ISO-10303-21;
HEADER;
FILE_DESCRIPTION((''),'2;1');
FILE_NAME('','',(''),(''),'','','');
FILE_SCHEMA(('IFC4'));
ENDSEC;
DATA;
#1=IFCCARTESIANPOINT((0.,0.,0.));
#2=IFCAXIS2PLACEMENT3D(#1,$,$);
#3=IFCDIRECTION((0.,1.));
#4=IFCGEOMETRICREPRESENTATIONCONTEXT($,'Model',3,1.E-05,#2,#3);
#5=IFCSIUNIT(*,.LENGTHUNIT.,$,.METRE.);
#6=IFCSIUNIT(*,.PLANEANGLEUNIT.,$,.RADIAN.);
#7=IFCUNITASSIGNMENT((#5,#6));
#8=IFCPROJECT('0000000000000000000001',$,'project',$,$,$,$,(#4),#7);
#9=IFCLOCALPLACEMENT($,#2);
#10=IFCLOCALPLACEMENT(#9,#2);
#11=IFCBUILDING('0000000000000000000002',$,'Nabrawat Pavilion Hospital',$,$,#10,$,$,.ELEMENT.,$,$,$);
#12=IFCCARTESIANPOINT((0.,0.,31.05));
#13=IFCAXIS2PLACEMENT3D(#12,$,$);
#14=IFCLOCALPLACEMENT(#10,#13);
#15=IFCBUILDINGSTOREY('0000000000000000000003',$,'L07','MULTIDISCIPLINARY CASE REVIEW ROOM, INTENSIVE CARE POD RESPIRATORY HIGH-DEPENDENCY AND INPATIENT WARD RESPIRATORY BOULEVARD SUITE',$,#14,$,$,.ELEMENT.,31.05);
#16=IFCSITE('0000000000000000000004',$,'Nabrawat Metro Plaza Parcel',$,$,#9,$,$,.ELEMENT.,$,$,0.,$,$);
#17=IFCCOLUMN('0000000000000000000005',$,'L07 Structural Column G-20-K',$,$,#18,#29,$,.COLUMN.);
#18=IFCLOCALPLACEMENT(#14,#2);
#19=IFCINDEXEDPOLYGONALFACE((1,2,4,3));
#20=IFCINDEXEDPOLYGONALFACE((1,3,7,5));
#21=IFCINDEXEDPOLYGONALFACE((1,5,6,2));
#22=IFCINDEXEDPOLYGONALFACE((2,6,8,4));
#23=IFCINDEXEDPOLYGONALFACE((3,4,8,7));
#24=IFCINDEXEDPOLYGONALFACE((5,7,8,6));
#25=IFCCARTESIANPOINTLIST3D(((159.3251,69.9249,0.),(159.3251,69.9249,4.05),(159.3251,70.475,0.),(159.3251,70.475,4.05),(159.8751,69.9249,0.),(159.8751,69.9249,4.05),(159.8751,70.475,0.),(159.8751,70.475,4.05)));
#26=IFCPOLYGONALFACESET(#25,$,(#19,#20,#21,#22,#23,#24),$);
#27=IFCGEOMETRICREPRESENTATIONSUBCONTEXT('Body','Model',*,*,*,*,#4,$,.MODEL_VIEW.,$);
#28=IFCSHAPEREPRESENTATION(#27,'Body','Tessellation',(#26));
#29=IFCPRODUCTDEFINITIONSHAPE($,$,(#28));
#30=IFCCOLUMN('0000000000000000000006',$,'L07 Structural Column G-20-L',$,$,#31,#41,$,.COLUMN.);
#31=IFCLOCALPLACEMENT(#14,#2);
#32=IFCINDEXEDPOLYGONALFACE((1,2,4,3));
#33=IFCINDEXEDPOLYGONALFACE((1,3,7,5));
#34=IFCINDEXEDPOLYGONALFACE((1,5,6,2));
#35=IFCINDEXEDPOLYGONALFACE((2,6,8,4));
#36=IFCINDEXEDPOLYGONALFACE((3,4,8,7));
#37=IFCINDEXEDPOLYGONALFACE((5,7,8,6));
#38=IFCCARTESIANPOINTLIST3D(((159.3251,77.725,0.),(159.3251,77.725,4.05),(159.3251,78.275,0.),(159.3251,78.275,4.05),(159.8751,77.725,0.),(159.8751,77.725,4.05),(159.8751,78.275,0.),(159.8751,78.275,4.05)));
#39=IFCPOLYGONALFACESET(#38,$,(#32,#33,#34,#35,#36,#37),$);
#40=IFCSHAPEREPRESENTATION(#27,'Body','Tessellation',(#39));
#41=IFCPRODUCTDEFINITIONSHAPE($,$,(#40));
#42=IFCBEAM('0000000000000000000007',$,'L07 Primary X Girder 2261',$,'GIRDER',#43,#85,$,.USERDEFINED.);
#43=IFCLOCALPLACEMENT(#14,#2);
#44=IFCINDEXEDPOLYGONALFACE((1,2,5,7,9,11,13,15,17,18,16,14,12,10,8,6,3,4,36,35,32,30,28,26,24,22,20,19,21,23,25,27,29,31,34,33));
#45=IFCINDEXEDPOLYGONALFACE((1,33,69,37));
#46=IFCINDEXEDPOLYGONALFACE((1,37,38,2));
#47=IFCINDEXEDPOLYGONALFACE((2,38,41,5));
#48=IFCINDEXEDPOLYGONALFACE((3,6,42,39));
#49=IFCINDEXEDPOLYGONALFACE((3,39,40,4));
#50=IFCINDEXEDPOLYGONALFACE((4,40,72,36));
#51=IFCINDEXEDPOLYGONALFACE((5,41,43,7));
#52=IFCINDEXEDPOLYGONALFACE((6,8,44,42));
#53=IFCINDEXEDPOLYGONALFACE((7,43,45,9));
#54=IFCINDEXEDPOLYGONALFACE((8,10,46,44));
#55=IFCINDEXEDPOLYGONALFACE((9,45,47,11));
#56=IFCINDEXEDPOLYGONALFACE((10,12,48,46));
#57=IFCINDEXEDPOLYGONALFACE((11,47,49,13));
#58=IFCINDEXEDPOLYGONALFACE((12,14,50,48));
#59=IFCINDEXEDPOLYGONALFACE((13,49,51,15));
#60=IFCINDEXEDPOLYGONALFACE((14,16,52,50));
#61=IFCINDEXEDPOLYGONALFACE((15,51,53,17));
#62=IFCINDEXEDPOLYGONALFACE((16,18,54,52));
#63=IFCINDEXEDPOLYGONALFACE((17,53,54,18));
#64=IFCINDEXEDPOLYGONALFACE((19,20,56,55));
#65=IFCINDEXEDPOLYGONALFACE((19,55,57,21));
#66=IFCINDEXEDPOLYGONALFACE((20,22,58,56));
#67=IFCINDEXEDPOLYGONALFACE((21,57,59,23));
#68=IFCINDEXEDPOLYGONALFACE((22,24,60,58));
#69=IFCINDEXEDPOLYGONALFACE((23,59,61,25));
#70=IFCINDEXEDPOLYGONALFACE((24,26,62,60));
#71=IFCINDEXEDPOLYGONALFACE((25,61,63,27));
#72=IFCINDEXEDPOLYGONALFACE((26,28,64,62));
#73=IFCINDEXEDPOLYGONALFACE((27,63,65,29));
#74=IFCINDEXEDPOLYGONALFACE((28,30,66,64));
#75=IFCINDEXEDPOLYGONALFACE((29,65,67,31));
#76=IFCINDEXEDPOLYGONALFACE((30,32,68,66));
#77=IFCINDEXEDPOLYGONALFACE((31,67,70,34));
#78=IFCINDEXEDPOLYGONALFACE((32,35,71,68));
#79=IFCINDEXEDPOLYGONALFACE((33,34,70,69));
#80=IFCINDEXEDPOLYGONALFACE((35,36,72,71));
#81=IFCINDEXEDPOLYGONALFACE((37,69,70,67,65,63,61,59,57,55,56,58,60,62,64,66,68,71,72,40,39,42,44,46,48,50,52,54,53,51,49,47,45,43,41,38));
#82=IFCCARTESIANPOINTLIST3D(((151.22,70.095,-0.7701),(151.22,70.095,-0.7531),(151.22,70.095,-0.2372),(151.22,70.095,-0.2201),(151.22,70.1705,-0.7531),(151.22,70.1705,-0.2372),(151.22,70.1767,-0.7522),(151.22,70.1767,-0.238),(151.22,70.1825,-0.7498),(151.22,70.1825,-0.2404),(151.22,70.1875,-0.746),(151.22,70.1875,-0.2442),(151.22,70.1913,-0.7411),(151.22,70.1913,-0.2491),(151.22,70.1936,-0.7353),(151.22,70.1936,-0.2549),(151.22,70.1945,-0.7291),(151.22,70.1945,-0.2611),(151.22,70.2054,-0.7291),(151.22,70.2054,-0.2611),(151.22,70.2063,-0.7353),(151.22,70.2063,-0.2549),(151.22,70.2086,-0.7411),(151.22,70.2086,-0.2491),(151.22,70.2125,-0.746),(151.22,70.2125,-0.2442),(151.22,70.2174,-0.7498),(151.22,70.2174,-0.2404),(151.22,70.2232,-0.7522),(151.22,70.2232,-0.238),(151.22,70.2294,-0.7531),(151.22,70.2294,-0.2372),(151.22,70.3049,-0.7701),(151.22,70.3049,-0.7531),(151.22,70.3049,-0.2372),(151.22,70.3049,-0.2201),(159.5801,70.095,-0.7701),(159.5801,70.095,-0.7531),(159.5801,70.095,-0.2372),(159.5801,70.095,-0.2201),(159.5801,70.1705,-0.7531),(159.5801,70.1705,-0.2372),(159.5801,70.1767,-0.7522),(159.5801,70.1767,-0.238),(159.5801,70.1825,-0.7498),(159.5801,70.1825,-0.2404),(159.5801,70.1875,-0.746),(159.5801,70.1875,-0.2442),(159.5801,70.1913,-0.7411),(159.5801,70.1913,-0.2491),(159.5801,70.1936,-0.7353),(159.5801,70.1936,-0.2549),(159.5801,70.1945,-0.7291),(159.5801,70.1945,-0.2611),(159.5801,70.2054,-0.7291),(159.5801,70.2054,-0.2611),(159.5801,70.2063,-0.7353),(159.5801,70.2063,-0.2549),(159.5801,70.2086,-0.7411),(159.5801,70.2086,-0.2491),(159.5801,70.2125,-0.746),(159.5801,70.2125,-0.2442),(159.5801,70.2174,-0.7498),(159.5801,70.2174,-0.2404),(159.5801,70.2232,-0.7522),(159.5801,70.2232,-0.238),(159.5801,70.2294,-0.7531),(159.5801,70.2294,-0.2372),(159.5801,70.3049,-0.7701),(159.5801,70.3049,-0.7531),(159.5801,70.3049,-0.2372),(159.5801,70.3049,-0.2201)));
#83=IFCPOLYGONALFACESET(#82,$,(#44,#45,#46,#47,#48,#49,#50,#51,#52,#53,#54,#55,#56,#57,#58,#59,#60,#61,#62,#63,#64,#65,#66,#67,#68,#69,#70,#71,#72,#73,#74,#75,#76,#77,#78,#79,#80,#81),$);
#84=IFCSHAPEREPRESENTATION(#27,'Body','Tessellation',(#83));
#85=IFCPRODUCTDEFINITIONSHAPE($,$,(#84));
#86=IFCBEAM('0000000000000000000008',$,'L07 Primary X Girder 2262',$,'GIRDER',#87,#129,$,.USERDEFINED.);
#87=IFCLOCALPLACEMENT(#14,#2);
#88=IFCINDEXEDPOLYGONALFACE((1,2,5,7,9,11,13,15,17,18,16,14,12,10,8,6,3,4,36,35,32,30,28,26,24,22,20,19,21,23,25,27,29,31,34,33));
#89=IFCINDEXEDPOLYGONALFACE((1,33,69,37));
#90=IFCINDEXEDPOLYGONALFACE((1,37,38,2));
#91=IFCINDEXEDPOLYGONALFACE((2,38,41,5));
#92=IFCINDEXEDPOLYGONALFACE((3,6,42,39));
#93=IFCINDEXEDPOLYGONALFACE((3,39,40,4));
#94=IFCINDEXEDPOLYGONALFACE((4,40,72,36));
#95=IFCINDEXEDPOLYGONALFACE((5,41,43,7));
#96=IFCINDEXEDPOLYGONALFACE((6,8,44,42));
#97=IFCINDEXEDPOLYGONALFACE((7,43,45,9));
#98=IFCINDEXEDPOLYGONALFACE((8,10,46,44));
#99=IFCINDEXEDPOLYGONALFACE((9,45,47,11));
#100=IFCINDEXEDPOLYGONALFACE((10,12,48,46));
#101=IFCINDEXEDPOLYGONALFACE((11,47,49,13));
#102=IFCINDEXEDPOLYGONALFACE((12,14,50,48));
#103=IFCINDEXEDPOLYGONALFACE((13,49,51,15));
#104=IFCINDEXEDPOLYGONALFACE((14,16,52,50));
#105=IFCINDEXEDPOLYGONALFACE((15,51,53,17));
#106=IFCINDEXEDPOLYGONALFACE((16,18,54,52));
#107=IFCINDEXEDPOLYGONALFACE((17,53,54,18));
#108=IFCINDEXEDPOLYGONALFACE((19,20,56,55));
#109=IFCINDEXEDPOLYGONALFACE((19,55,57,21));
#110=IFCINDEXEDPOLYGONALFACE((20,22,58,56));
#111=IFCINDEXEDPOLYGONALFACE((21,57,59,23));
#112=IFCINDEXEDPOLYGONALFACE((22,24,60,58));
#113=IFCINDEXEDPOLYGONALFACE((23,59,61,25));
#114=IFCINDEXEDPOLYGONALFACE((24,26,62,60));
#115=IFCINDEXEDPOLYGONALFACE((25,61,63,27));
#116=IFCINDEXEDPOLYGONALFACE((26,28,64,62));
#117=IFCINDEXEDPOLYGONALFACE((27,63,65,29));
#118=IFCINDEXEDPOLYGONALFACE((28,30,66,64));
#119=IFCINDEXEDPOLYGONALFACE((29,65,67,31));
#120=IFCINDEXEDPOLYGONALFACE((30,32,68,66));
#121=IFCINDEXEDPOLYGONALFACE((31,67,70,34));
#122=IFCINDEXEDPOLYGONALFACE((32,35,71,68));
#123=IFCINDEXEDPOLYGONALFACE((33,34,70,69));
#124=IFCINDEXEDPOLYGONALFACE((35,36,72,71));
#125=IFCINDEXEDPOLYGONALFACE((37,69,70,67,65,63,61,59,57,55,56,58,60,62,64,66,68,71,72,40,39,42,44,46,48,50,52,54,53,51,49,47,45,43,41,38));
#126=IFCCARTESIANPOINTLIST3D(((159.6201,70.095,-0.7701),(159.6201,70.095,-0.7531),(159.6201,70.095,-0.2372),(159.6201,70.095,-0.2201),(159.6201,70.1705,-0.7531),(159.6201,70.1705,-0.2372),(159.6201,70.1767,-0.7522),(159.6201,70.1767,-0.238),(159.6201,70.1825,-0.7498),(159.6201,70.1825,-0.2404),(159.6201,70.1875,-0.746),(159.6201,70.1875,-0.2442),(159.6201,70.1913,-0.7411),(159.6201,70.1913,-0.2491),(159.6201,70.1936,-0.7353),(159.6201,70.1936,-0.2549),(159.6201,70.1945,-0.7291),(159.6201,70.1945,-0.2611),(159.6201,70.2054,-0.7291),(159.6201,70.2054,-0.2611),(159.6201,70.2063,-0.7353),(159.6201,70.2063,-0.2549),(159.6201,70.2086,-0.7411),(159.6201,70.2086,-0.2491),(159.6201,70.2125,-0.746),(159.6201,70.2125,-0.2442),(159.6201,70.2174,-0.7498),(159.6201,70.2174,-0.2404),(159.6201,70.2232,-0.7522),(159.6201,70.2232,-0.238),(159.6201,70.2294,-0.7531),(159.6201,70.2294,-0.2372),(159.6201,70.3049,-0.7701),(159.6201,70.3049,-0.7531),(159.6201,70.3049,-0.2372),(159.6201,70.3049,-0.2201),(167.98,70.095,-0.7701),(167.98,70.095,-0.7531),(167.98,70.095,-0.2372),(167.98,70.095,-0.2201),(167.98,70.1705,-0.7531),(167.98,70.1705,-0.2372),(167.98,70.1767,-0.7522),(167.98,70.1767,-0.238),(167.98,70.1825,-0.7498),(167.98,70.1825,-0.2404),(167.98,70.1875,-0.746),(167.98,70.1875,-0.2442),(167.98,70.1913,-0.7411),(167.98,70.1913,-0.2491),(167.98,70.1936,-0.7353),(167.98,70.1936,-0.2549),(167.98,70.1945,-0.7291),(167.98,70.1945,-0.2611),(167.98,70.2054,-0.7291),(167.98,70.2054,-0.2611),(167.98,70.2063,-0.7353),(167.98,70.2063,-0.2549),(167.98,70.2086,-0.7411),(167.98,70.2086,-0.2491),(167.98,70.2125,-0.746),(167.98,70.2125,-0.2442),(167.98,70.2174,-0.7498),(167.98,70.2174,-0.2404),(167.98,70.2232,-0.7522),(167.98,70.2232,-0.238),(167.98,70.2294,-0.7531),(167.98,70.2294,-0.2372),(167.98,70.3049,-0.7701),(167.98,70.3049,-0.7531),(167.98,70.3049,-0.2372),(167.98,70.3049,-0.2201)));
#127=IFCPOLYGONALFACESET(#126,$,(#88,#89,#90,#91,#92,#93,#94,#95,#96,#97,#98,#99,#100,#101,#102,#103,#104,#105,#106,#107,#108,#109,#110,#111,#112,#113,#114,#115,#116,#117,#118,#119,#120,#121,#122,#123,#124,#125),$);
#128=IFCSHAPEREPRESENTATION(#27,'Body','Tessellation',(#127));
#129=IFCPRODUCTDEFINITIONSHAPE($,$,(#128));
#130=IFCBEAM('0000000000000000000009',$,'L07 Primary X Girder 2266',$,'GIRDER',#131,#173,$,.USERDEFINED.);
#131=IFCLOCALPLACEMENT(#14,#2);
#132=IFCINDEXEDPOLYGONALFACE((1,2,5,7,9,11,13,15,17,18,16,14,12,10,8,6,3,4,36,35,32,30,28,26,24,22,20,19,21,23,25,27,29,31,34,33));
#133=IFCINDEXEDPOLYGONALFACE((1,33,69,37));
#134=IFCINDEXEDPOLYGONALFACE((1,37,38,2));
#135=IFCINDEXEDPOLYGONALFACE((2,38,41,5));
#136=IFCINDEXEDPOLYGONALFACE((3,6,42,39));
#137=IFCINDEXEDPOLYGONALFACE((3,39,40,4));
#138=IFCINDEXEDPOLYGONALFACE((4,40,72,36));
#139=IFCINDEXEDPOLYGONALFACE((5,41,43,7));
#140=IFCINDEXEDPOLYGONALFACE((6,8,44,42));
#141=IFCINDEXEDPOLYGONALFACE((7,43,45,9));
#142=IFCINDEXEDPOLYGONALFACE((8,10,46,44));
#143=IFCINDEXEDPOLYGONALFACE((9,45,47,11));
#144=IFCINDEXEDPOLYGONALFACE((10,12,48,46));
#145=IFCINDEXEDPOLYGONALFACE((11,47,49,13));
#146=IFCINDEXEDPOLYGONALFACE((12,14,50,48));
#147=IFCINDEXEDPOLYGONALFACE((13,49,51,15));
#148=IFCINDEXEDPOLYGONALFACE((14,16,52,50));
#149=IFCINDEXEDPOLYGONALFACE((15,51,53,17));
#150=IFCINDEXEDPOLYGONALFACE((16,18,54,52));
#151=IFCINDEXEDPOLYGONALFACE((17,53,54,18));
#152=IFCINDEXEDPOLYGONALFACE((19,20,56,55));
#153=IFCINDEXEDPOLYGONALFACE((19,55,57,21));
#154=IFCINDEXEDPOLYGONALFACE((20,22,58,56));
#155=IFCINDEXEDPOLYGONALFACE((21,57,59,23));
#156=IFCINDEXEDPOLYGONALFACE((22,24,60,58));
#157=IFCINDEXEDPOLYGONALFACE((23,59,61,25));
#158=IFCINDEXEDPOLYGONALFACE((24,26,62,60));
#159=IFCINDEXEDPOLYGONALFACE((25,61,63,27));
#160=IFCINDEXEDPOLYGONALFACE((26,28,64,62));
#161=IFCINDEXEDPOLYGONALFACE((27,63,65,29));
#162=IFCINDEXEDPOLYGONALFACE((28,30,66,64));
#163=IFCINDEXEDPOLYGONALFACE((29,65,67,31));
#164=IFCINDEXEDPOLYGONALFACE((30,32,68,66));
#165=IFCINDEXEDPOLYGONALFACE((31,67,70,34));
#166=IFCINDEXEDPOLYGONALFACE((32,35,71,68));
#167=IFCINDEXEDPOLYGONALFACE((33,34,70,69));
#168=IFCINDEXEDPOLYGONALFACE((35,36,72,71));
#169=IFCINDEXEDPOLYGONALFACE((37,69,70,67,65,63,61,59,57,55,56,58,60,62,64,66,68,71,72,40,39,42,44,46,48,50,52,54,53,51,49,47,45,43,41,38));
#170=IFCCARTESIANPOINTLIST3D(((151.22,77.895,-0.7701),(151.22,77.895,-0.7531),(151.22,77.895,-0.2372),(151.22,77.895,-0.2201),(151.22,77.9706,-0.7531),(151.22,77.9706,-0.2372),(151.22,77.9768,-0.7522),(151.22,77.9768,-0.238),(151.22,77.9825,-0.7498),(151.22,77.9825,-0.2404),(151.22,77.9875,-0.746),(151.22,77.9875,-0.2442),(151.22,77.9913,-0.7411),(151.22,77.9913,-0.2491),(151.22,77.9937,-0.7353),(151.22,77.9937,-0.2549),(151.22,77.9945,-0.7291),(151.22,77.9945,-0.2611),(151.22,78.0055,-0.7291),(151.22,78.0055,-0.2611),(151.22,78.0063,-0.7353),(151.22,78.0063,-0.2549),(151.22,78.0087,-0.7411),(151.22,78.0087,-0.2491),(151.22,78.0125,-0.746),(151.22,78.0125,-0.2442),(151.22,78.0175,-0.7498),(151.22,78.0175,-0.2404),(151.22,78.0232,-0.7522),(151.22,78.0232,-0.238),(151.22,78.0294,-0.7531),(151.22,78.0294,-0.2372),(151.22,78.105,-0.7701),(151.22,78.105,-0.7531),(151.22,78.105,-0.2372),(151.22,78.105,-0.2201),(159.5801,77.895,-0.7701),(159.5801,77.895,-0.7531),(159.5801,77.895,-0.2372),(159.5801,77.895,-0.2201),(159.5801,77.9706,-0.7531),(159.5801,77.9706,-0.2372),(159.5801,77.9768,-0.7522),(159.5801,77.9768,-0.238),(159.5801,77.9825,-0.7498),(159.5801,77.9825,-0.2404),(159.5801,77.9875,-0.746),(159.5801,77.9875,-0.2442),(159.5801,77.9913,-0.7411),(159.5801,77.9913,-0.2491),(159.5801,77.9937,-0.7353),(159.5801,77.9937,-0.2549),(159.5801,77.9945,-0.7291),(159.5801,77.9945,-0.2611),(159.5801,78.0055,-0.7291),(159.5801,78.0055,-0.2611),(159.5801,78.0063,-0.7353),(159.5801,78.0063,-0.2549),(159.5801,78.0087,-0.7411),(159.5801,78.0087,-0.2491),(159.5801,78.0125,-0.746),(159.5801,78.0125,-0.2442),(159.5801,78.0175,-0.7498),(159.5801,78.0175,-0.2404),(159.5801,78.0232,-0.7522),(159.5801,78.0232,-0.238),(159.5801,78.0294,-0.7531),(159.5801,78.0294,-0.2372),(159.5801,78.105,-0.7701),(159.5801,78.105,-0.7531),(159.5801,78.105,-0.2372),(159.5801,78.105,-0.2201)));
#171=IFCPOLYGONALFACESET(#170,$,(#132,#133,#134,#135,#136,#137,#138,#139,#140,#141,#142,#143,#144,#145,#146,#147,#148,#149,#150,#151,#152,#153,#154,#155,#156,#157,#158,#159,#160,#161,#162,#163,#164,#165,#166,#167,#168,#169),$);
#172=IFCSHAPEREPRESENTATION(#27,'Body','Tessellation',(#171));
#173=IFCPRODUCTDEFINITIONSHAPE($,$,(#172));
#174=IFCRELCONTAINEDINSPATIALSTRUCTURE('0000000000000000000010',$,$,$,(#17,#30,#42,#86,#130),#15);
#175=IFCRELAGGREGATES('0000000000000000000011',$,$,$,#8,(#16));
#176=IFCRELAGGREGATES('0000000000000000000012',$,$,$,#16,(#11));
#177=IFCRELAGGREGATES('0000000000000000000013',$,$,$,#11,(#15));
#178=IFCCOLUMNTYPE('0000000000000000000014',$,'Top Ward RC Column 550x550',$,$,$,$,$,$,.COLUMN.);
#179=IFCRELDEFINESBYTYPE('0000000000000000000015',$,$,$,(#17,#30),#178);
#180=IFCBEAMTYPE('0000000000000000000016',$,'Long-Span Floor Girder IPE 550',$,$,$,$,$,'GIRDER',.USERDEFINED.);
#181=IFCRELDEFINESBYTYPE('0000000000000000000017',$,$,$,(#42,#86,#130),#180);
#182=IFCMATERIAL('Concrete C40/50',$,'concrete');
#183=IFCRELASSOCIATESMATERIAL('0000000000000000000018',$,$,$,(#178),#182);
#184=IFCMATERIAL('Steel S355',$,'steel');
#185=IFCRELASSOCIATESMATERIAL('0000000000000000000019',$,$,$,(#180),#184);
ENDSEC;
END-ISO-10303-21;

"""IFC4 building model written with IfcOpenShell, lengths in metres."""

from ifc_helpers import new_model, si_unit, direction, frame, origin, origin_2d, place, context, subcontext, project, spatial, rectangle, i_section, extrude, material, material_profile, profile_set, type_object, element, save


model = new_model("IFC4")

# Units and contexts
model_context = context("Model", 3, precision=1e-05, world=origin(), true_north=direction((0.0, 1.0)))
body_context = subcontext(model_context, "Body", "Model", "MODEL_VIEW")
ifc_project = project(units=[si_unit("LENGTHUNIT", "METRE"), si_unit("PLANEANGLEUNIT", "RADIAN")], contexts=[model_context])

# Site, building, storey
site_placement = place(None, origin())
site = spatial("IfcSite", under=ifc_project, at=site_placement, Name="Nabrawat Metro Plaza Parcel", CompositionType="ELEMENT", RefElevation=0.0)
building_placement = place(site_placement, origin())
building = spatial("IfcBuilding", under=site, at=building_placement, Name="Nabrawat Pavilion Hospital", CompositionType="ELEMENT")
storey_placement = place(building_placement, frame((0.0, 0.0, 31.05)))
storey = spatial("IfcBuildingStorey", under=building, at=storey_placement, Name="L07", Description="MULTIDISCIPLINARY CASE REVIEW ROOM, INTENSIVE CARE POD RESPIRATORY HIGH-DEPENDENCY AND INPATIENT WARD RESPIRATORY BOULEVARD SUITE", CompositionType="ELEMENT", Elevation=31.05)

# Columns
ifc_material_1 = material(Name="Concrete C40/50", Category="concrete")
ifc_material_profile_1 = material_profile(ifc_material_1, rectangle(XDim=0.55, YDim=0.55, at=origin_2d()), Name="RC 550x550")
ifc_profile_set_1 = profile_set([ifc_material_profile_1], Name="Concrete C40/50")
column_type = type_object("IfcColumnType", Name="Top Ward RC Column 550x550", PredefinedType="COLUMN", material=ifc_profile_set_1)
for number, where, z_axis, x_axis, name in (
    (1, (159.6001, 70.2, 0.0), (0.0, 0.0, 1.0), (1.0, 0.0, 0.0), "L07 Structural Column G-20-K"),
    (2, (159.6001, 78.0, 0.0), (0.0, 0.0, 1.0), (1.0, 0.0, 0.0), "L07 Structural Column G-20-L"),
):
    element("IfcColumn", number, at=place(storey_placement, frame(where, z_axis=z_axis, x_axis=x_axis)), inside=storey, type_object=column_type, Name=name, PredefinedType="COLUMN", context=body_context, shape_type="SweptSolid", body=[
        extrude(rectangle(XDim=0.55, YDim=0.55, at=origin_2d()), origin(), (0.0, 0.0, 1.0), 4.05),
    ])

# Beams
ifc_material_2 = material(Name="Steel S355", Category="steel")
ifc_material_profile_2 = material_profile(ifc_material_2, i_section(OverallWidth=0.21, OverallDepth=0.55, WebThickness=0.011, FlangeThickness=0.0171, FilletRadius=0.0239, at=origin_2d()), Name="IPE 550")
ifc_profile_set_2 = profile_set([ifc_material_profile_2], Name="Steel S355")
beam_type_1 = type_object("IfcBeamType", Name="Long-Span Floor Girder IPE 550", ElementType="GIRDER", PredefinedType="USERDEFINED", material=ifc_profile_set_2)
beam_1_placement = place(storey_placement, frame((151.22, 70.2, -0.4951), z_axis=(1.0, 0.0, 0.0), x_axis=(0.0, 1.0, 0.0)))
element("IfcBeam", 3, at=beam_1_placement, inside=storey, type_object=beam_type_1, Name="L07 Primary X Girder 2261", ObjectType="GIRDER", PredefinedType="USERDEFINED", context=body_context, shape_type="SweptSolid", body=[
    extrude(i_section(OverallWidth=0.21, OverallDepth=0.55, WebThickness=0.011, FlangeThickness=0.0171, FilletRadius=0.0239, at=origin_2d()), origin(), (0.0, 0.0, 1.0), 8.3601),
])
beam_2_placement = place(storey_placement, frame((159.6201, 70.2, -0.4951), z_axis=(1.0, 0.0, 0.0), x_axis=(0.0, 1.0, 0.0)))
element("IfcBeam", 4, at=beam_2_placement, inside=storey, type_object=beam_type_1, Name="L07 Primary X Girder 2262", ObjectType="GIRDER", PredefinedType="USERDEFINED", context=body_context, shape_type="SweptSolid", body=[
    extrude(i_section(OverallWidth=0.21, OverallDepth=0.55, WebThickness=0.011, FlangeThickness=0.0171, FilletRadius=0.0239, at=origin_2d()), origin(), (0.0, 0.0, 1.0), 8.3599),
])
beam_3_placement = place(storey_placement, frame((151.22, 78.0, -0.4951), z_axis=(1.0, 0.0, 0.0), x_axis=(0.0, 1.0, 0.0)))
element("IfcBeam", 5, at=beam_3_placement, inside=storey, type_object=beam_type_1, Name="L07 Primary X Girder 2266", ObjectType="GIRDER", PredefinedType="USERDEFINED", context=body_context, shape_type="SweptSolid", body=[
    extrude(i_section(OverallWidth=0.21, OverallDepth=0.55, WebThickness=0.011, FlangeThickness=0.0171, FilletRadius=0.0239, at=origin_2d()), origin(), (0.0, 0.0, 1.0), 8.3601),
])

save(model, "model.ifc")
